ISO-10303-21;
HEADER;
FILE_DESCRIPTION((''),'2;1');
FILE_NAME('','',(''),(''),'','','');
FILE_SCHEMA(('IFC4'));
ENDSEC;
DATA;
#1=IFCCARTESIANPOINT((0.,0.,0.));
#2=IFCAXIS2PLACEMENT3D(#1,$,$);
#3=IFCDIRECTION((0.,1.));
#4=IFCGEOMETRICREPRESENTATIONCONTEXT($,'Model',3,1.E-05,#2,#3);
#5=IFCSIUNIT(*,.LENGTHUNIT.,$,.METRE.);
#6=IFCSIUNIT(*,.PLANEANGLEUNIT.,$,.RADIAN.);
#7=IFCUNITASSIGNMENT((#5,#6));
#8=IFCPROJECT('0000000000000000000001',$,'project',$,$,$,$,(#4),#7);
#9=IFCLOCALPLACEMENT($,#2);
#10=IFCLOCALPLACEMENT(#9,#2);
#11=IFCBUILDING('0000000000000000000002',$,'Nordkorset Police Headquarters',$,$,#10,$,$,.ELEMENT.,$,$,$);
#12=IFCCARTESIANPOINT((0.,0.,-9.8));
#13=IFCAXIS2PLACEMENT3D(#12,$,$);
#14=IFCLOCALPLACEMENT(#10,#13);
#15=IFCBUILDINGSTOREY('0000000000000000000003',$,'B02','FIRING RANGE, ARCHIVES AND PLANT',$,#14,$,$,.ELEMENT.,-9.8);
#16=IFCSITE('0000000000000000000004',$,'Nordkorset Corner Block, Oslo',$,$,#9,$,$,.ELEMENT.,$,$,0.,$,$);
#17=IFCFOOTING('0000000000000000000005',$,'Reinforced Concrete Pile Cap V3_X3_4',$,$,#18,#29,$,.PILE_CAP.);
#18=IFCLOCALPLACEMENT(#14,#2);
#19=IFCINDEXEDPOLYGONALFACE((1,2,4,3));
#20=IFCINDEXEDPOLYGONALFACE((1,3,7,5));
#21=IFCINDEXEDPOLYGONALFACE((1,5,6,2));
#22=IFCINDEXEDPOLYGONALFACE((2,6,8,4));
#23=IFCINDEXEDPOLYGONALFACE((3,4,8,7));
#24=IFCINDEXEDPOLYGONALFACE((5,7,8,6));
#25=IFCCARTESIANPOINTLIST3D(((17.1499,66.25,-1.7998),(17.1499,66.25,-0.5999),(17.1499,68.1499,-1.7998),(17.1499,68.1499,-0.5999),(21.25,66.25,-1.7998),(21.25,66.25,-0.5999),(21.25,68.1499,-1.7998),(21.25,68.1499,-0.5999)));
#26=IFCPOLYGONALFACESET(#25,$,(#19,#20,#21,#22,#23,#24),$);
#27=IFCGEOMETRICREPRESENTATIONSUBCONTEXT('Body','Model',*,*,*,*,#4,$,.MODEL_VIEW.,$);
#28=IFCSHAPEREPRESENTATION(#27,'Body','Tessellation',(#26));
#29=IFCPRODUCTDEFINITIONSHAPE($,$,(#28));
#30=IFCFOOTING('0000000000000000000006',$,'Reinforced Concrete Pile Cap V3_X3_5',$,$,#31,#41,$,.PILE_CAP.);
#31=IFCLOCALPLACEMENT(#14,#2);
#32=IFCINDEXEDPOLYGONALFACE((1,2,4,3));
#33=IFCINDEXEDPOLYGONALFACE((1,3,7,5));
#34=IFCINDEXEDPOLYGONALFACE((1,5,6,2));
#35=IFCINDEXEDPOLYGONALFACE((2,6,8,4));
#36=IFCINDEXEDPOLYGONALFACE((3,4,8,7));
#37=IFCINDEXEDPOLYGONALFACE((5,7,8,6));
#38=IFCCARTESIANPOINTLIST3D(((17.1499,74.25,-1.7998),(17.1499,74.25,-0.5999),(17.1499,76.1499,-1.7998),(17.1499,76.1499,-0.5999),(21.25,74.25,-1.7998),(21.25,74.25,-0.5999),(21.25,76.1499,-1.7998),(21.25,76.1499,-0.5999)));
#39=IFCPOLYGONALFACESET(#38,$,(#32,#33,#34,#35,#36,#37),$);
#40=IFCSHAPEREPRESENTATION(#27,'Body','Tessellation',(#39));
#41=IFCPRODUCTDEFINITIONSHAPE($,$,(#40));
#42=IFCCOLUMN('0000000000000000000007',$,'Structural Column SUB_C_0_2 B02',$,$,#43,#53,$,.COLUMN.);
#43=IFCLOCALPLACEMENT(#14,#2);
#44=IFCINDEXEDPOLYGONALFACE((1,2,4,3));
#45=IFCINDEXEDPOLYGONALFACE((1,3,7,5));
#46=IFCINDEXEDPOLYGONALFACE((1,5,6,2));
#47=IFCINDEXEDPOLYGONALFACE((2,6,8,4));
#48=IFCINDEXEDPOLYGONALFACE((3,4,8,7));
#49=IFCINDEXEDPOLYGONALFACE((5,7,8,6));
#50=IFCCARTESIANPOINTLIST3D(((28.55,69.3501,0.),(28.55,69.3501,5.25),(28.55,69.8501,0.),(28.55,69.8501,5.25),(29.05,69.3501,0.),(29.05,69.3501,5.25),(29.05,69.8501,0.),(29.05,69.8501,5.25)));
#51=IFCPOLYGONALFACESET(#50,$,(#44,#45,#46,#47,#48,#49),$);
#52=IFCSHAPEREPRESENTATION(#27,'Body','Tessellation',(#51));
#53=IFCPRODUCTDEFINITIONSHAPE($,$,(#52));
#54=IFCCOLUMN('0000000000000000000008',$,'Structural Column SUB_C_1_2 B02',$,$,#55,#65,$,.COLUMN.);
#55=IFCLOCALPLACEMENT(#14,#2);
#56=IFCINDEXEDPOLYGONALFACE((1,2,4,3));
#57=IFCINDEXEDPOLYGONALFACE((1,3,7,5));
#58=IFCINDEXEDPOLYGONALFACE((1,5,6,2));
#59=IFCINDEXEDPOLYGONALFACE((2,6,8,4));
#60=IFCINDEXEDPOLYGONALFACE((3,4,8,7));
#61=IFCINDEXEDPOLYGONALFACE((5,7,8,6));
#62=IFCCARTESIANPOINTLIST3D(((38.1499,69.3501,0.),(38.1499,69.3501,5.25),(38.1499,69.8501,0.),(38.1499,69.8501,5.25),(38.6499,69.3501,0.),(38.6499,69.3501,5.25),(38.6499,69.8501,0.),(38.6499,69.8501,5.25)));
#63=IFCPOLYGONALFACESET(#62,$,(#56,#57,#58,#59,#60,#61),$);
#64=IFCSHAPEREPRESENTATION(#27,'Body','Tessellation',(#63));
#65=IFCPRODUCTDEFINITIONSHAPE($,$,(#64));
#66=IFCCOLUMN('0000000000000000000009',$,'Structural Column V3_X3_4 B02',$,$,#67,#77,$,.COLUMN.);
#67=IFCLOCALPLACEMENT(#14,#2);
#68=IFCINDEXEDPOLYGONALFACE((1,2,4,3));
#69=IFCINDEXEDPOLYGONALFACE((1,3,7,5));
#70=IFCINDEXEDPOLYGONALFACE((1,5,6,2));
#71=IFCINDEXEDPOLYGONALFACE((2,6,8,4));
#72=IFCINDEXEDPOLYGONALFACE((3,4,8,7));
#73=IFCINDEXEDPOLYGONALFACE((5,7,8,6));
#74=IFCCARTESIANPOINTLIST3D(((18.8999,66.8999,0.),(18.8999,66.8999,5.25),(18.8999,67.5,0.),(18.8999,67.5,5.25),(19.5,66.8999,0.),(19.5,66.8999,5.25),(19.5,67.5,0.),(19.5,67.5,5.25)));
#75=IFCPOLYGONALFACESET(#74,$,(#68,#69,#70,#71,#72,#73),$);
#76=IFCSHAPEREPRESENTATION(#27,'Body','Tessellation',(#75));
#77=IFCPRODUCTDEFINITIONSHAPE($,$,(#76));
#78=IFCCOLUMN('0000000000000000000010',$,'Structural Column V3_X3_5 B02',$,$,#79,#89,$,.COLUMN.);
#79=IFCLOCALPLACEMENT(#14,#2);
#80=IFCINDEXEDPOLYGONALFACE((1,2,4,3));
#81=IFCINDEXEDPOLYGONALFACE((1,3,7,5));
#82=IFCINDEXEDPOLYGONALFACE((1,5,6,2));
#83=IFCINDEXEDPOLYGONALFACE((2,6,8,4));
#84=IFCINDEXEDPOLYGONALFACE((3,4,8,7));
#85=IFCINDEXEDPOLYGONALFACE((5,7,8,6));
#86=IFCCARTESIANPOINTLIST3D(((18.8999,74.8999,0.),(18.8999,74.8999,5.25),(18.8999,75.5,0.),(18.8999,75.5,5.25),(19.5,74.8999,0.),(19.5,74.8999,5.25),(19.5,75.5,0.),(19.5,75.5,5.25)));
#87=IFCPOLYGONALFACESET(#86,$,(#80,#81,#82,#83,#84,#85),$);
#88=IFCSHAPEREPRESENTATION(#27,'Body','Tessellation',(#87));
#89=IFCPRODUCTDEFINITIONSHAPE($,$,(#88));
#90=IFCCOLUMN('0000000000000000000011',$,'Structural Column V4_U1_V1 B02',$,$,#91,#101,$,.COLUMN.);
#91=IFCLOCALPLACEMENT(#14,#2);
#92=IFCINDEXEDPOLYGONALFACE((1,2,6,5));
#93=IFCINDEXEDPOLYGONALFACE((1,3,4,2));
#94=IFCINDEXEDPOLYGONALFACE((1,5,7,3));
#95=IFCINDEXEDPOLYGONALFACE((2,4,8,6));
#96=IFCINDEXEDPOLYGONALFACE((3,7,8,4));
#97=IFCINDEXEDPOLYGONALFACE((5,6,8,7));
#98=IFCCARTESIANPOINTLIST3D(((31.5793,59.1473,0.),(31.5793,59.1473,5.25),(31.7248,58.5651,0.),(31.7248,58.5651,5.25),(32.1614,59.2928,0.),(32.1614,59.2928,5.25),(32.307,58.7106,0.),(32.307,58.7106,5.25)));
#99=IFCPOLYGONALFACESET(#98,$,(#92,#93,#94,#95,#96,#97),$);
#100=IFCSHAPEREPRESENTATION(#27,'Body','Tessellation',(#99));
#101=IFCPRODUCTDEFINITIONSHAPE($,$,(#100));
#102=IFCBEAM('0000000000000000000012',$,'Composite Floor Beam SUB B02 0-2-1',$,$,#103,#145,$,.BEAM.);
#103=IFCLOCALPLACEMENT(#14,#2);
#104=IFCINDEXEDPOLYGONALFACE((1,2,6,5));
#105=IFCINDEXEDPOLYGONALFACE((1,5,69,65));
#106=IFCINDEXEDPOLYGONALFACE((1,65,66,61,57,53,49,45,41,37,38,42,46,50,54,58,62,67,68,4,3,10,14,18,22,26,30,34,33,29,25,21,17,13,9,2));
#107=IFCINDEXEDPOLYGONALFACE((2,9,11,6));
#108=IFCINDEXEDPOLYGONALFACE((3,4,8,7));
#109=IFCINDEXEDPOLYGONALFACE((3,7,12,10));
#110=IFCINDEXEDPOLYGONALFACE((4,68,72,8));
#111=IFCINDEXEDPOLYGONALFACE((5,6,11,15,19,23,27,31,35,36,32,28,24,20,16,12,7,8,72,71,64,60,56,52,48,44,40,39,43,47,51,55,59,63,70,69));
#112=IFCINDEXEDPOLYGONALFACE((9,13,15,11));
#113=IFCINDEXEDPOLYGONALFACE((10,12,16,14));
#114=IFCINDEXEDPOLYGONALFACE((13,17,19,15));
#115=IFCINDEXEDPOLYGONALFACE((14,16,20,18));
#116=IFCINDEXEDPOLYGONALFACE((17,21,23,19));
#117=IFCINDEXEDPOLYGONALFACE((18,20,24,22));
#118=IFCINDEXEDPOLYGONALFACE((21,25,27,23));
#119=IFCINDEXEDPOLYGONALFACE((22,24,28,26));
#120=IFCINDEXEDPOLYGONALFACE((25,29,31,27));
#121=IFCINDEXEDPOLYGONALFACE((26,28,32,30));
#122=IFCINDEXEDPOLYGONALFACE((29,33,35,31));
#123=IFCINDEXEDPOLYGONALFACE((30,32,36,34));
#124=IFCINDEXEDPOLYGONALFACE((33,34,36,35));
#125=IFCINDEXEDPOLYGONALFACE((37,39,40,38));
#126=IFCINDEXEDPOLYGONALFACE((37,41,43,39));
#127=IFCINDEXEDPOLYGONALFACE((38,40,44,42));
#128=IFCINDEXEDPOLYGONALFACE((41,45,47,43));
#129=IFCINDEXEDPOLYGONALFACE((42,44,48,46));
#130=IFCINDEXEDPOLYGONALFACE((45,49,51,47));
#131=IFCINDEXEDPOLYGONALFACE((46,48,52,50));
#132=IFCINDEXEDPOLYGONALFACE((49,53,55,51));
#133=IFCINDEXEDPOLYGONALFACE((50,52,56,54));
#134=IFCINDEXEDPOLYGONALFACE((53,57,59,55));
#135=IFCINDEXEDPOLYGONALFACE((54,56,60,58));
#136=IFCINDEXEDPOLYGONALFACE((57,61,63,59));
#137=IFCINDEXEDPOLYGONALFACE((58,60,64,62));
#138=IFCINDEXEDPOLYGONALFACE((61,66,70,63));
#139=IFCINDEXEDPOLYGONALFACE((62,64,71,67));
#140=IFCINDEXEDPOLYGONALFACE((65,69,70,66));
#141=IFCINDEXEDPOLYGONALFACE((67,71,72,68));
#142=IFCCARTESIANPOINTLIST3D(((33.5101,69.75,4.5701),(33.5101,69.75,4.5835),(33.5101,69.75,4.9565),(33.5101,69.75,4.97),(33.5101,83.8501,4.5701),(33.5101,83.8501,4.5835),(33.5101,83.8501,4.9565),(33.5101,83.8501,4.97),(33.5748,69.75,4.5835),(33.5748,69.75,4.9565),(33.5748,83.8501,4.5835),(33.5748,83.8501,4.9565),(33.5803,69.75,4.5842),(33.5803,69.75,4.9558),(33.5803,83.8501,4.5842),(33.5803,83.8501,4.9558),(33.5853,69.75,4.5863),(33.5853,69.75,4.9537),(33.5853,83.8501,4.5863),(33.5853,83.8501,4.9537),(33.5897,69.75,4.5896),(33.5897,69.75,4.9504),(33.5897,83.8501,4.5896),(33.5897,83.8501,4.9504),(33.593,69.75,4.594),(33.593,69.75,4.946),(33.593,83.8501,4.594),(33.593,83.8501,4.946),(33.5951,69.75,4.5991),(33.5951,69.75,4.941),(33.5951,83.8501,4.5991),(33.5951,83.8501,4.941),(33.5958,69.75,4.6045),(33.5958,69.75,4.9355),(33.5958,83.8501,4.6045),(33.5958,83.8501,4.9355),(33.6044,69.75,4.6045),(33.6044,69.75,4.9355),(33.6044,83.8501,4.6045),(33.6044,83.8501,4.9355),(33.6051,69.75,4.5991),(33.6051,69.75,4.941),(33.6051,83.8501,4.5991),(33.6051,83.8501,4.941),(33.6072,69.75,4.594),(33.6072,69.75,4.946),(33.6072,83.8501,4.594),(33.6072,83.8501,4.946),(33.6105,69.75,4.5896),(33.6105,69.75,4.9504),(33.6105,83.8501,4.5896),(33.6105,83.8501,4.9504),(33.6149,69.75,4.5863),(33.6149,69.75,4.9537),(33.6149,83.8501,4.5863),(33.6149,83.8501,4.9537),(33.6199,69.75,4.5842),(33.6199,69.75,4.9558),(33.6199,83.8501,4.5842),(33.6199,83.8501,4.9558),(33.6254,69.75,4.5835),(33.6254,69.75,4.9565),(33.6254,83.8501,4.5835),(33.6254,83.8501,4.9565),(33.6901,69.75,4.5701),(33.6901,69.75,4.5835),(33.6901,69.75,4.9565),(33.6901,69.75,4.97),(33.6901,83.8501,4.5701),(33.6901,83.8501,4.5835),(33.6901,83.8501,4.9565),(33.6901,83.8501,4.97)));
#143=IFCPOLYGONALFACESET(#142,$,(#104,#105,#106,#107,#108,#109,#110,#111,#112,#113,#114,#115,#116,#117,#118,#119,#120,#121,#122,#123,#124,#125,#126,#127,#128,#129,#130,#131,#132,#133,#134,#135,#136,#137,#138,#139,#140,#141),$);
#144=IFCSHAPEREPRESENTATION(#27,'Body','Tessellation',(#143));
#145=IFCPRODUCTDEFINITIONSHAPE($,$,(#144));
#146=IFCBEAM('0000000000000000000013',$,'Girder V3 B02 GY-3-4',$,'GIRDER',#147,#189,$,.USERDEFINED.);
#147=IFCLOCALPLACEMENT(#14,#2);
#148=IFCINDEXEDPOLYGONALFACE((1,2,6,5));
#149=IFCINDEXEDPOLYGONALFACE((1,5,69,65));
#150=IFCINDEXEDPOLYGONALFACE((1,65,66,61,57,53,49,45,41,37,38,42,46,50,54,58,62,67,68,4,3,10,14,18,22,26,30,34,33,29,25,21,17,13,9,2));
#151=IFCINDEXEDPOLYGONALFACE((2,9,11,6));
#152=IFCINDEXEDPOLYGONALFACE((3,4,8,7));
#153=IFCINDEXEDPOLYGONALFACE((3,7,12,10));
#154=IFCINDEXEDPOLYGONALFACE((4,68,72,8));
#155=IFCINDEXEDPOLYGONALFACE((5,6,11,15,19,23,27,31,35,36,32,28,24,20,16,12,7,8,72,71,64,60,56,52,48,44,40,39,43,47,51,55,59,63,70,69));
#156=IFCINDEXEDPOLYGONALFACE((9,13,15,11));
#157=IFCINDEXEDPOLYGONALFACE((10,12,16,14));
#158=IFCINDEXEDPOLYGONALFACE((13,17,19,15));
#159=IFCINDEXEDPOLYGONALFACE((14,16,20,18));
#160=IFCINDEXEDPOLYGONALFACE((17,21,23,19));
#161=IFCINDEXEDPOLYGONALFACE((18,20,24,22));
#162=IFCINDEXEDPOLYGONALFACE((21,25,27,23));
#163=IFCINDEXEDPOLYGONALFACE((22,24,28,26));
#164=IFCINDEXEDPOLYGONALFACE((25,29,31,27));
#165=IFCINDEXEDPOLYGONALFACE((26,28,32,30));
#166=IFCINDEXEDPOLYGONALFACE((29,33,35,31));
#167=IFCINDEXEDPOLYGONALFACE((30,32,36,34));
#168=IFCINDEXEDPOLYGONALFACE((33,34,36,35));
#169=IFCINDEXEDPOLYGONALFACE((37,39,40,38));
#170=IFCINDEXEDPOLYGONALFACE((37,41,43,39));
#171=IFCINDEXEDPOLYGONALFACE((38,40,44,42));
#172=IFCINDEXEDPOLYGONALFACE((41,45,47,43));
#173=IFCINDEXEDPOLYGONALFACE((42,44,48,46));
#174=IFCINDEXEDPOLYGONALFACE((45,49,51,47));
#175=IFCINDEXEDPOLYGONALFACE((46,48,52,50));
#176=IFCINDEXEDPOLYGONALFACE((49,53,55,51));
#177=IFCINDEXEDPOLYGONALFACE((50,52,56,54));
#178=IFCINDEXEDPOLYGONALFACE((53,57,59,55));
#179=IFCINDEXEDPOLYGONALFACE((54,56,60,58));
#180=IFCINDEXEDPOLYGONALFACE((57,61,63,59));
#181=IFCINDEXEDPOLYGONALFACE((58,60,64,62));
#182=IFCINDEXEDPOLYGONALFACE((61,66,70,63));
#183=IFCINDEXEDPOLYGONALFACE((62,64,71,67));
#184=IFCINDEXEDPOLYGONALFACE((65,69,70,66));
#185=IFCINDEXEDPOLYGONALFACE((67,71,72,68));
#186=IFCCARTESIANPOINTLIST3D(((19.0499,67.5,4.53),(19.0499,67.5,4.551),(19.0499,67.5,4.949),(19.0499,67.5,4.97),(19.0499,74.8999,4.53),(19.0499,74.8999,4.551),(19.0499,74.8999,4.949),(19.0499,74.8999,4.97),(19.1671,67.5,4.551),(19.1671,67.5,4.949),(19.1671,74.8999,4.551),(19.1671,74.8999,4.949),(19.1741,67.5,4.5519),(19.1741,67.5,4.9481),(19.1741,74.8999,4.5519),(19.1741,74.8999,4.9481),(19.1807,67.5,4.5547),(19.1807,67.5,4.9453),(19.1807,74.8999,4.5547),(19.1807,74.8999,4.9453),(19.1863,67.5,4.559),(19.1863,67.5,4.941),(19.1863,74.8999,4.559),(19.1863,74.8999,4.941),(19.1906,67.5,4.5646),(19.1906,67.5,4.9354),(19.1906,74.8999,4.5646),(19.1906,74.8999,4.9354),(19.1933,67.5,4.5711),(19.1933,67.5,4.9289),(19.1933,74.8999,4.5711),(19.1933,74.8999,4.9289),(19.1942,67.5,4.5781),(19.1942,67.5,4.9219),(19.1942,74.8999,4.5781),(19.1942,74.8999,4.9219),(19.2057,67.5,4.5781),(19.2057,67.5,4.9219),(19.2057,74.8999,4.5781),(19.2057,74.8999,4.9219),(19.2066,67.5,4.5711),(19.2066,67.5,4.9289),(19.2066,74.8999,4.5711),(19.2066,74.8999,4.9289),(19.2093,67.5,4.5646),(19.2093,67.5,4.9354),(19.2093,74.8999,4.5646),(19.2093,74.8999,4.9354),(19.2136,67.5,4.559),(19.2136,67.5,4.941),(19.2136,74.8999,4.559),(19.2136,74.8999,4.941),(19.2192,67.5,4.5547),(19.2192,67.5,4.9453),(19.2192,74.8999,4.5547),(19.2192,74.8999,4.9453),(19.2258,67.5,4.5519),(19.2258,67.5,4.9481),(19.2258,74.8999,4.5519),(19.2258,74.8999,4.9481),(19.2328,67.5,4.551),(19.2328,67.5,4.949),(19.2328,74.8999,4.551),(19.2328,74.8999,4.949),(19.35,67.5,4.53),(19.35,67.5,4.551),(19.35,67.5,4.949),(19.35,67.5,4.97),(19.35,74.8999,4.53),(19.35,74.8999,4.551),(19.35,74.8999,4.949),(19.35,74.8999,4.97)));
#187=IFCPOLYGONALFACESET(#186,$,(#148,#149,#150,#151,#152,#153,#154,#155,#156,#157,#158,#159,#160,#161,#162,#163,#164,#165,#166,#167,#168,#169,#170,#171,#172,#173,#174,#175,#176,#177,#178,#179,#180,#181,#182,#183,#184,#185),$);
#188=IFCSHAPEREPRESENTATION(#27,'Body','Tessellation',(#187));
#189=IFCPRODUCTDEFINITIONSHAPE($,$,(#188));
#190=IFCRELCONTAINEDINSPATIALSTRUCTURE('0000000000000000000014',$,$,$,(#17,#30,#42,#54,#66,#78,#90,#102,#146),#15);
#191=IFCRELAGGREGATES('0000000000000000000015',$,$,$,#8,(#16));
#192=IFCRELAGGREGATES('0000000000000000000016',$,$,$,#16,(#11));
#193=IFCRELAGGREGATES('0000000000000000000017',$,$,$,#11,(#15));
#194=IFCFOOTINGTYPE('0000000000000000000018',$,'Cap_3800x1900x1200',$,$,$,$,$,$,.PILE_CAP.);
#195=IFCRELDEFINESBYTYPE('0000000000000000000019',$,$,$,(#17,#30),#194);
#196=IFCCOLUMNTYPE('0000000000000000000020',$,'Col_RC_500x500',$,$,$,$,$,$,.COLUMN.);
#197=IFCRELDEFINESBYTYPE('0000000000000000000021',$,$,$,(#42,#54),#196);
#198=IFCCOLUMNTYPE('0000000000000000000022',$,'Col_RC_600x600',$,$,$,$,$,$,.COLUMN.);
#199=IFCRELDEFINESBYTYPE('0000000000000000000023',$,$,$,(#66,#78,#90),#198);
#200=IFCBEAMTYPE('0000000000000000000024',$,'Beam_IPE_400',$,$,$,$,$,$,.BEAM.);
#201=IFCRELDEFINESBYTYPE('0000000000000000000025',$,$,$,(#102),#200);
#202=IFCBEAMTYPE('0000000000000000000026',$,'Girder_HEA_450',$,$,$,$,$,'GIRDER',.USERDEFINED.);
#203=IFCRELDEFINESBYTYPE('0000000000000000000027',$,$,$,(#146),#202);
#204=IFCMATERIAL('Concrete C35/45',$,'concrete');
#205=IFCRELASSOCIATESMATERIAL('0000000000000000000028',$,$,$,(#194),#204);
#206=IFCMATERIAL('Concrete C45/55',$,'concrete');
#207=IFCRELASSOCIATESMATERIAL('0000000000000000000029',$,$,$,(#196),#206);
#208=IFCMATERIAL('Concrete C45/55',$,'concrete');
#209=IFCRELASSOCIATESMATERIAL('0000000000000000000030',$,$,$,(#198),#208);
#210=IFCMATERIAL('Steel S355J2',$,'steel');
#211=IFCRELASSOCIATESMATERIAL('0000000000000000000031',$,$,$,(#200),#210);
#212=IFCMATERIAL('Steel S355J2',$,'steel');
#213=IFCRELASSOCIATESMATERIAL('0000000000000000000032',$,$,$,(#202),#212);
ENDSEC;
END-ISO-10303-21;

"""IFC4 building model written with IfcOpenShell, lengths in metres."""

from ifc_helpers import new_model, si_unit, direction, frame, origin, origin_2d, place, context, subcontext, project, spatial, rectangle, i_section, extrude, material, material_profile, profile_set, type_object, element, save


model = new_model("IFC4")

# Units and contexts
model_context = context("Model", 3, precision=1e-05, world=origin(), true_north=direction((0.0, 1.0)))
body_context = subcontext(model_context, "Body", "Model", "MODEL_VIEW")
ifc_project = project(units=[si_unit("LENGTHUNIT", "METRE"), si_unit("PLANEANGLEUNIT", "RADIAN")], contexts=[model_context])

# Site, building, storey
site_placement = place(None, origin())
site = spatial("IfcSite", under=ifc_project, at=site_placement, Name="Nordkorset Corner Block, Oslo", CompositionType="ELEMENT", RefElevation=0.0)
building_placement = place(site_placement, origin())
building = spatial("IfcBuilding", under=site, at=building_placement, Name="Nordkorset Police Headquarters", CompositionType="ELEMENT")
storey_placement = place(building_placement, frame((0.0, 0.0, -9.8)))
storey = spatial("IfcBuildingStorey", under=building, at=storey_placement, Name="B02", Description="FIRING RANGE, ARCHIVES AND PLANT", CompositionType="ELEMENT", Elevation=-9.8)

# Footings
ifc_material_1 = material(Name="Concrete C35/45", Category="concrete")
footing_type_1 = type_object("IfcFootingType", Name="Cap_3800x1900x1200", PredefinedType="PILE_CAP", material=ifc_material_1)
for number, where, z_axis, x_axis, name in (
    (1, (19.2, 67.2, -1.7998), (0.0, 0.0, 1.0), (1.0, 0.0, 0.0), "Reinforced Concrete Pile Cap V3_X3_4"),
    (2, (19.2, 75.2, -1.7998), (0.0, 0.0, 1.0), (1.0, 0.0, 0.0), "Reinforced Concrete Pile Cap V3_X3_5"),
):
    element("IfcFooting", number, at=place(storey_placement, frame(where, z_axis=z_axis, x_axis=x_axis)), inside=storey, type_object=footing_type_1, Name=name, PredefinedType="PILE_CAP", context=body_context, shape_type="SweptSolid", body=[
        extrude(rectangle(XDim=4.1001, YDim=1.8999, at=origin_2d()), origin(), (0.0, 0.0, 1.0), 1.2),
    ])

# Columns
ifc_material_2 = material(Name="Concrete C45/55", Category="concrete")
ifc_material_profile_1 = material_profile(ifc_material_2, rectangle(XDim=0.5, YDim=0.5, at=origin_2d()), Name="RC 500x500")
ifc_profile_set_1 = profile_set([ifc_material_profile_1], Name="Concrete C45/55")
column_type_1 = type_object("IfcColumnType", Name="Col_RC_500x500", PredefinedType="COLUMN", material=ifc_profile_set_1)
for number, where, z_axis, x_axis, name in (
    (3, (28.8, 69.6001, 0.0), (0.0, 0.0, 1.0), (1.0, 0.0, 0.0), "Structural Column SUB_C_0_2 B02"),
    (4, (38.3999, 69.6001, 0.0), (0.0, 0.0, 1.0), (1.0, 0.0, 0.0), "Structural Column SUB_C_1_2 B02"),
):
    element("IfcColumn", number, at=place(storey_placement, frame(where, z_axis=z_axis, x_axis=x_axis)), inside=storey, type_object=column_type_1, Name=name, PredefinedType="COLUMN", context=body_context, shape_type="SweptSolid", body=[
        extrude(rectangle(XDim=0.5, YDim=0.5, at=origin_2d()), origin(), (0.0, 0.0, 1.0), 5.25),
    ])
ifc_material_3 = material(Name="Concrete C45/55", Category="concrete")
ifc_material_profile_2 = material_profile(ifc_material_3, rectangle(XDim=0.6001, YDim=0.6001, at=origin_2d()), Name="RC 600x600")
ifc_profile_set_2 = profile_set([ifc_material_profile_2], Name="Concrete C45/55")
column_type_2 = type_object("IfcColumnType", Name="Col_RC_600x600", PredefinedType="COLUMN", material=ifc_profile_set_2)
for number, where, z_axis, x_axis, name in (
    (5, (19.2, 67.2, 0.0), (0.0, 0.0, 1.0), (1.0, 0.0, 0.0), "Structural Column V3_X3_4 B02"),
    (6, (19.2, 75.2, 0.0), (0.0, 0.0, 1.0), (1.0, 0.0, 0.0), "Structural Column V3_X3_5 B02"),
    (7, (31.9431, 58.929, 0.0), (0.0, 0.0, 1.0), (0.970143, 0.242536, 0.0), "Structural Column V4_U1_V1 B02"),
):
    element("IfcColumn", number, at=place(storey_placement, frame(where, z_axis=z_axis, x_axis=x_axis)), inside=storey, type_object=column_type_2, Name=name, PredefinedType="COLUMN", context=body_context, shape_type="SweptSolid", body=[
        extrude(rectangle(XDim=0.6001, YDim=0.6001, at=origin_2d()), origin(), (0.0, 0.0, 1.0), 5.25),
    ])

# Beams
ifc_material_4 = material(Name="Steel S355J2", Category="steel")
ifc_material_profile_3 = material_profile(ifc_material_4, i_section(OverallWidth=0.1799, OverallDepth=0.3999, WebThickness=0.0085, FlangeThickness=0.0134, FilletRadius=0.021, at=origin_2d()), Name="IPE 400")
ifc_profile_set_3 = profile_set([ifc_material_profile_3], Name="Steel S355J2")
beam_type_1 = type_object("IfcBeamType", Name="Beam_IPE_400", PredefinedType="BEAM", material=ifc_profile_set_3)
beam_1_placement = place(storey_placement, frame((33.6001, 69.75, 4.77), z_axis=(0.0, 1.0, 0.0), x_axis=(-1.0, 0.0, 0.0)))
element("IfcBeam", 8, at=beam_1_placement, inside=storey, type_object=beam_type_1, Name="Composite Floor Beam SUB B02 0-2-1", PredefinedType="BEAM", context=body_context, shape_type="SweptSolid", body=[
    extrude(i_section(OverallWidth=0.1799, OverallDepth=0.3999, WebThickness=0.0085, FlangeThickness=0.0134, FilletRadius=0.021, at=origin_2d()), origin(), (0.0, 0.0, 1.0), 14.1001),
])
ifc_material_5 = material(Name="Steel S355J2", Category="steel")
ifc_material_profile_4 = material_profile(ifc_material_5, i_section(OverallWidth=0.3, OverallDepth=0.4399, WebThickness=0.0115, FlangeThickness=0.021, FilletRadius=0.0271, at=origin_2d()), Name="HEA 450")
ifc_profile_set_4 = profile_set([ifc_material_profile_4], Name="Steel S355J2")
beam_type_2 = type_object("IfcBeamType", Name="Girder_HEA_450", ElementType="GIRDER", PredefinedType="USERDEFINED", material=ifc_profile_set_4)
beam_2_placement = place(storey_placement, frame((19.2, 67.5, 4.75), z_axis=(0.0, 1.0, 0.0), x_axis=(-1.0, 0.0, 0.0)))
element("IfcBeam", 9, at=beam_2_placement, inside=storey, type_object=beam_type_2, Name="Girder V3 B02 GY-3-4", ObjectType="GIRDER", PredefinedType="USERDEFINED", context=body_context, shape_type="SweptSolid", body=[
    extrude(i_section(OverallWidth=0.3, OverallDepth=0.4399, WebThickness=0.0115, FlangeThickness=0.021, FilletRadius=0.0271, at=origin_2d()), origin(), (0.0, 0.0, 1.0), 7.3999),
])

save(model, "model.ifc")
